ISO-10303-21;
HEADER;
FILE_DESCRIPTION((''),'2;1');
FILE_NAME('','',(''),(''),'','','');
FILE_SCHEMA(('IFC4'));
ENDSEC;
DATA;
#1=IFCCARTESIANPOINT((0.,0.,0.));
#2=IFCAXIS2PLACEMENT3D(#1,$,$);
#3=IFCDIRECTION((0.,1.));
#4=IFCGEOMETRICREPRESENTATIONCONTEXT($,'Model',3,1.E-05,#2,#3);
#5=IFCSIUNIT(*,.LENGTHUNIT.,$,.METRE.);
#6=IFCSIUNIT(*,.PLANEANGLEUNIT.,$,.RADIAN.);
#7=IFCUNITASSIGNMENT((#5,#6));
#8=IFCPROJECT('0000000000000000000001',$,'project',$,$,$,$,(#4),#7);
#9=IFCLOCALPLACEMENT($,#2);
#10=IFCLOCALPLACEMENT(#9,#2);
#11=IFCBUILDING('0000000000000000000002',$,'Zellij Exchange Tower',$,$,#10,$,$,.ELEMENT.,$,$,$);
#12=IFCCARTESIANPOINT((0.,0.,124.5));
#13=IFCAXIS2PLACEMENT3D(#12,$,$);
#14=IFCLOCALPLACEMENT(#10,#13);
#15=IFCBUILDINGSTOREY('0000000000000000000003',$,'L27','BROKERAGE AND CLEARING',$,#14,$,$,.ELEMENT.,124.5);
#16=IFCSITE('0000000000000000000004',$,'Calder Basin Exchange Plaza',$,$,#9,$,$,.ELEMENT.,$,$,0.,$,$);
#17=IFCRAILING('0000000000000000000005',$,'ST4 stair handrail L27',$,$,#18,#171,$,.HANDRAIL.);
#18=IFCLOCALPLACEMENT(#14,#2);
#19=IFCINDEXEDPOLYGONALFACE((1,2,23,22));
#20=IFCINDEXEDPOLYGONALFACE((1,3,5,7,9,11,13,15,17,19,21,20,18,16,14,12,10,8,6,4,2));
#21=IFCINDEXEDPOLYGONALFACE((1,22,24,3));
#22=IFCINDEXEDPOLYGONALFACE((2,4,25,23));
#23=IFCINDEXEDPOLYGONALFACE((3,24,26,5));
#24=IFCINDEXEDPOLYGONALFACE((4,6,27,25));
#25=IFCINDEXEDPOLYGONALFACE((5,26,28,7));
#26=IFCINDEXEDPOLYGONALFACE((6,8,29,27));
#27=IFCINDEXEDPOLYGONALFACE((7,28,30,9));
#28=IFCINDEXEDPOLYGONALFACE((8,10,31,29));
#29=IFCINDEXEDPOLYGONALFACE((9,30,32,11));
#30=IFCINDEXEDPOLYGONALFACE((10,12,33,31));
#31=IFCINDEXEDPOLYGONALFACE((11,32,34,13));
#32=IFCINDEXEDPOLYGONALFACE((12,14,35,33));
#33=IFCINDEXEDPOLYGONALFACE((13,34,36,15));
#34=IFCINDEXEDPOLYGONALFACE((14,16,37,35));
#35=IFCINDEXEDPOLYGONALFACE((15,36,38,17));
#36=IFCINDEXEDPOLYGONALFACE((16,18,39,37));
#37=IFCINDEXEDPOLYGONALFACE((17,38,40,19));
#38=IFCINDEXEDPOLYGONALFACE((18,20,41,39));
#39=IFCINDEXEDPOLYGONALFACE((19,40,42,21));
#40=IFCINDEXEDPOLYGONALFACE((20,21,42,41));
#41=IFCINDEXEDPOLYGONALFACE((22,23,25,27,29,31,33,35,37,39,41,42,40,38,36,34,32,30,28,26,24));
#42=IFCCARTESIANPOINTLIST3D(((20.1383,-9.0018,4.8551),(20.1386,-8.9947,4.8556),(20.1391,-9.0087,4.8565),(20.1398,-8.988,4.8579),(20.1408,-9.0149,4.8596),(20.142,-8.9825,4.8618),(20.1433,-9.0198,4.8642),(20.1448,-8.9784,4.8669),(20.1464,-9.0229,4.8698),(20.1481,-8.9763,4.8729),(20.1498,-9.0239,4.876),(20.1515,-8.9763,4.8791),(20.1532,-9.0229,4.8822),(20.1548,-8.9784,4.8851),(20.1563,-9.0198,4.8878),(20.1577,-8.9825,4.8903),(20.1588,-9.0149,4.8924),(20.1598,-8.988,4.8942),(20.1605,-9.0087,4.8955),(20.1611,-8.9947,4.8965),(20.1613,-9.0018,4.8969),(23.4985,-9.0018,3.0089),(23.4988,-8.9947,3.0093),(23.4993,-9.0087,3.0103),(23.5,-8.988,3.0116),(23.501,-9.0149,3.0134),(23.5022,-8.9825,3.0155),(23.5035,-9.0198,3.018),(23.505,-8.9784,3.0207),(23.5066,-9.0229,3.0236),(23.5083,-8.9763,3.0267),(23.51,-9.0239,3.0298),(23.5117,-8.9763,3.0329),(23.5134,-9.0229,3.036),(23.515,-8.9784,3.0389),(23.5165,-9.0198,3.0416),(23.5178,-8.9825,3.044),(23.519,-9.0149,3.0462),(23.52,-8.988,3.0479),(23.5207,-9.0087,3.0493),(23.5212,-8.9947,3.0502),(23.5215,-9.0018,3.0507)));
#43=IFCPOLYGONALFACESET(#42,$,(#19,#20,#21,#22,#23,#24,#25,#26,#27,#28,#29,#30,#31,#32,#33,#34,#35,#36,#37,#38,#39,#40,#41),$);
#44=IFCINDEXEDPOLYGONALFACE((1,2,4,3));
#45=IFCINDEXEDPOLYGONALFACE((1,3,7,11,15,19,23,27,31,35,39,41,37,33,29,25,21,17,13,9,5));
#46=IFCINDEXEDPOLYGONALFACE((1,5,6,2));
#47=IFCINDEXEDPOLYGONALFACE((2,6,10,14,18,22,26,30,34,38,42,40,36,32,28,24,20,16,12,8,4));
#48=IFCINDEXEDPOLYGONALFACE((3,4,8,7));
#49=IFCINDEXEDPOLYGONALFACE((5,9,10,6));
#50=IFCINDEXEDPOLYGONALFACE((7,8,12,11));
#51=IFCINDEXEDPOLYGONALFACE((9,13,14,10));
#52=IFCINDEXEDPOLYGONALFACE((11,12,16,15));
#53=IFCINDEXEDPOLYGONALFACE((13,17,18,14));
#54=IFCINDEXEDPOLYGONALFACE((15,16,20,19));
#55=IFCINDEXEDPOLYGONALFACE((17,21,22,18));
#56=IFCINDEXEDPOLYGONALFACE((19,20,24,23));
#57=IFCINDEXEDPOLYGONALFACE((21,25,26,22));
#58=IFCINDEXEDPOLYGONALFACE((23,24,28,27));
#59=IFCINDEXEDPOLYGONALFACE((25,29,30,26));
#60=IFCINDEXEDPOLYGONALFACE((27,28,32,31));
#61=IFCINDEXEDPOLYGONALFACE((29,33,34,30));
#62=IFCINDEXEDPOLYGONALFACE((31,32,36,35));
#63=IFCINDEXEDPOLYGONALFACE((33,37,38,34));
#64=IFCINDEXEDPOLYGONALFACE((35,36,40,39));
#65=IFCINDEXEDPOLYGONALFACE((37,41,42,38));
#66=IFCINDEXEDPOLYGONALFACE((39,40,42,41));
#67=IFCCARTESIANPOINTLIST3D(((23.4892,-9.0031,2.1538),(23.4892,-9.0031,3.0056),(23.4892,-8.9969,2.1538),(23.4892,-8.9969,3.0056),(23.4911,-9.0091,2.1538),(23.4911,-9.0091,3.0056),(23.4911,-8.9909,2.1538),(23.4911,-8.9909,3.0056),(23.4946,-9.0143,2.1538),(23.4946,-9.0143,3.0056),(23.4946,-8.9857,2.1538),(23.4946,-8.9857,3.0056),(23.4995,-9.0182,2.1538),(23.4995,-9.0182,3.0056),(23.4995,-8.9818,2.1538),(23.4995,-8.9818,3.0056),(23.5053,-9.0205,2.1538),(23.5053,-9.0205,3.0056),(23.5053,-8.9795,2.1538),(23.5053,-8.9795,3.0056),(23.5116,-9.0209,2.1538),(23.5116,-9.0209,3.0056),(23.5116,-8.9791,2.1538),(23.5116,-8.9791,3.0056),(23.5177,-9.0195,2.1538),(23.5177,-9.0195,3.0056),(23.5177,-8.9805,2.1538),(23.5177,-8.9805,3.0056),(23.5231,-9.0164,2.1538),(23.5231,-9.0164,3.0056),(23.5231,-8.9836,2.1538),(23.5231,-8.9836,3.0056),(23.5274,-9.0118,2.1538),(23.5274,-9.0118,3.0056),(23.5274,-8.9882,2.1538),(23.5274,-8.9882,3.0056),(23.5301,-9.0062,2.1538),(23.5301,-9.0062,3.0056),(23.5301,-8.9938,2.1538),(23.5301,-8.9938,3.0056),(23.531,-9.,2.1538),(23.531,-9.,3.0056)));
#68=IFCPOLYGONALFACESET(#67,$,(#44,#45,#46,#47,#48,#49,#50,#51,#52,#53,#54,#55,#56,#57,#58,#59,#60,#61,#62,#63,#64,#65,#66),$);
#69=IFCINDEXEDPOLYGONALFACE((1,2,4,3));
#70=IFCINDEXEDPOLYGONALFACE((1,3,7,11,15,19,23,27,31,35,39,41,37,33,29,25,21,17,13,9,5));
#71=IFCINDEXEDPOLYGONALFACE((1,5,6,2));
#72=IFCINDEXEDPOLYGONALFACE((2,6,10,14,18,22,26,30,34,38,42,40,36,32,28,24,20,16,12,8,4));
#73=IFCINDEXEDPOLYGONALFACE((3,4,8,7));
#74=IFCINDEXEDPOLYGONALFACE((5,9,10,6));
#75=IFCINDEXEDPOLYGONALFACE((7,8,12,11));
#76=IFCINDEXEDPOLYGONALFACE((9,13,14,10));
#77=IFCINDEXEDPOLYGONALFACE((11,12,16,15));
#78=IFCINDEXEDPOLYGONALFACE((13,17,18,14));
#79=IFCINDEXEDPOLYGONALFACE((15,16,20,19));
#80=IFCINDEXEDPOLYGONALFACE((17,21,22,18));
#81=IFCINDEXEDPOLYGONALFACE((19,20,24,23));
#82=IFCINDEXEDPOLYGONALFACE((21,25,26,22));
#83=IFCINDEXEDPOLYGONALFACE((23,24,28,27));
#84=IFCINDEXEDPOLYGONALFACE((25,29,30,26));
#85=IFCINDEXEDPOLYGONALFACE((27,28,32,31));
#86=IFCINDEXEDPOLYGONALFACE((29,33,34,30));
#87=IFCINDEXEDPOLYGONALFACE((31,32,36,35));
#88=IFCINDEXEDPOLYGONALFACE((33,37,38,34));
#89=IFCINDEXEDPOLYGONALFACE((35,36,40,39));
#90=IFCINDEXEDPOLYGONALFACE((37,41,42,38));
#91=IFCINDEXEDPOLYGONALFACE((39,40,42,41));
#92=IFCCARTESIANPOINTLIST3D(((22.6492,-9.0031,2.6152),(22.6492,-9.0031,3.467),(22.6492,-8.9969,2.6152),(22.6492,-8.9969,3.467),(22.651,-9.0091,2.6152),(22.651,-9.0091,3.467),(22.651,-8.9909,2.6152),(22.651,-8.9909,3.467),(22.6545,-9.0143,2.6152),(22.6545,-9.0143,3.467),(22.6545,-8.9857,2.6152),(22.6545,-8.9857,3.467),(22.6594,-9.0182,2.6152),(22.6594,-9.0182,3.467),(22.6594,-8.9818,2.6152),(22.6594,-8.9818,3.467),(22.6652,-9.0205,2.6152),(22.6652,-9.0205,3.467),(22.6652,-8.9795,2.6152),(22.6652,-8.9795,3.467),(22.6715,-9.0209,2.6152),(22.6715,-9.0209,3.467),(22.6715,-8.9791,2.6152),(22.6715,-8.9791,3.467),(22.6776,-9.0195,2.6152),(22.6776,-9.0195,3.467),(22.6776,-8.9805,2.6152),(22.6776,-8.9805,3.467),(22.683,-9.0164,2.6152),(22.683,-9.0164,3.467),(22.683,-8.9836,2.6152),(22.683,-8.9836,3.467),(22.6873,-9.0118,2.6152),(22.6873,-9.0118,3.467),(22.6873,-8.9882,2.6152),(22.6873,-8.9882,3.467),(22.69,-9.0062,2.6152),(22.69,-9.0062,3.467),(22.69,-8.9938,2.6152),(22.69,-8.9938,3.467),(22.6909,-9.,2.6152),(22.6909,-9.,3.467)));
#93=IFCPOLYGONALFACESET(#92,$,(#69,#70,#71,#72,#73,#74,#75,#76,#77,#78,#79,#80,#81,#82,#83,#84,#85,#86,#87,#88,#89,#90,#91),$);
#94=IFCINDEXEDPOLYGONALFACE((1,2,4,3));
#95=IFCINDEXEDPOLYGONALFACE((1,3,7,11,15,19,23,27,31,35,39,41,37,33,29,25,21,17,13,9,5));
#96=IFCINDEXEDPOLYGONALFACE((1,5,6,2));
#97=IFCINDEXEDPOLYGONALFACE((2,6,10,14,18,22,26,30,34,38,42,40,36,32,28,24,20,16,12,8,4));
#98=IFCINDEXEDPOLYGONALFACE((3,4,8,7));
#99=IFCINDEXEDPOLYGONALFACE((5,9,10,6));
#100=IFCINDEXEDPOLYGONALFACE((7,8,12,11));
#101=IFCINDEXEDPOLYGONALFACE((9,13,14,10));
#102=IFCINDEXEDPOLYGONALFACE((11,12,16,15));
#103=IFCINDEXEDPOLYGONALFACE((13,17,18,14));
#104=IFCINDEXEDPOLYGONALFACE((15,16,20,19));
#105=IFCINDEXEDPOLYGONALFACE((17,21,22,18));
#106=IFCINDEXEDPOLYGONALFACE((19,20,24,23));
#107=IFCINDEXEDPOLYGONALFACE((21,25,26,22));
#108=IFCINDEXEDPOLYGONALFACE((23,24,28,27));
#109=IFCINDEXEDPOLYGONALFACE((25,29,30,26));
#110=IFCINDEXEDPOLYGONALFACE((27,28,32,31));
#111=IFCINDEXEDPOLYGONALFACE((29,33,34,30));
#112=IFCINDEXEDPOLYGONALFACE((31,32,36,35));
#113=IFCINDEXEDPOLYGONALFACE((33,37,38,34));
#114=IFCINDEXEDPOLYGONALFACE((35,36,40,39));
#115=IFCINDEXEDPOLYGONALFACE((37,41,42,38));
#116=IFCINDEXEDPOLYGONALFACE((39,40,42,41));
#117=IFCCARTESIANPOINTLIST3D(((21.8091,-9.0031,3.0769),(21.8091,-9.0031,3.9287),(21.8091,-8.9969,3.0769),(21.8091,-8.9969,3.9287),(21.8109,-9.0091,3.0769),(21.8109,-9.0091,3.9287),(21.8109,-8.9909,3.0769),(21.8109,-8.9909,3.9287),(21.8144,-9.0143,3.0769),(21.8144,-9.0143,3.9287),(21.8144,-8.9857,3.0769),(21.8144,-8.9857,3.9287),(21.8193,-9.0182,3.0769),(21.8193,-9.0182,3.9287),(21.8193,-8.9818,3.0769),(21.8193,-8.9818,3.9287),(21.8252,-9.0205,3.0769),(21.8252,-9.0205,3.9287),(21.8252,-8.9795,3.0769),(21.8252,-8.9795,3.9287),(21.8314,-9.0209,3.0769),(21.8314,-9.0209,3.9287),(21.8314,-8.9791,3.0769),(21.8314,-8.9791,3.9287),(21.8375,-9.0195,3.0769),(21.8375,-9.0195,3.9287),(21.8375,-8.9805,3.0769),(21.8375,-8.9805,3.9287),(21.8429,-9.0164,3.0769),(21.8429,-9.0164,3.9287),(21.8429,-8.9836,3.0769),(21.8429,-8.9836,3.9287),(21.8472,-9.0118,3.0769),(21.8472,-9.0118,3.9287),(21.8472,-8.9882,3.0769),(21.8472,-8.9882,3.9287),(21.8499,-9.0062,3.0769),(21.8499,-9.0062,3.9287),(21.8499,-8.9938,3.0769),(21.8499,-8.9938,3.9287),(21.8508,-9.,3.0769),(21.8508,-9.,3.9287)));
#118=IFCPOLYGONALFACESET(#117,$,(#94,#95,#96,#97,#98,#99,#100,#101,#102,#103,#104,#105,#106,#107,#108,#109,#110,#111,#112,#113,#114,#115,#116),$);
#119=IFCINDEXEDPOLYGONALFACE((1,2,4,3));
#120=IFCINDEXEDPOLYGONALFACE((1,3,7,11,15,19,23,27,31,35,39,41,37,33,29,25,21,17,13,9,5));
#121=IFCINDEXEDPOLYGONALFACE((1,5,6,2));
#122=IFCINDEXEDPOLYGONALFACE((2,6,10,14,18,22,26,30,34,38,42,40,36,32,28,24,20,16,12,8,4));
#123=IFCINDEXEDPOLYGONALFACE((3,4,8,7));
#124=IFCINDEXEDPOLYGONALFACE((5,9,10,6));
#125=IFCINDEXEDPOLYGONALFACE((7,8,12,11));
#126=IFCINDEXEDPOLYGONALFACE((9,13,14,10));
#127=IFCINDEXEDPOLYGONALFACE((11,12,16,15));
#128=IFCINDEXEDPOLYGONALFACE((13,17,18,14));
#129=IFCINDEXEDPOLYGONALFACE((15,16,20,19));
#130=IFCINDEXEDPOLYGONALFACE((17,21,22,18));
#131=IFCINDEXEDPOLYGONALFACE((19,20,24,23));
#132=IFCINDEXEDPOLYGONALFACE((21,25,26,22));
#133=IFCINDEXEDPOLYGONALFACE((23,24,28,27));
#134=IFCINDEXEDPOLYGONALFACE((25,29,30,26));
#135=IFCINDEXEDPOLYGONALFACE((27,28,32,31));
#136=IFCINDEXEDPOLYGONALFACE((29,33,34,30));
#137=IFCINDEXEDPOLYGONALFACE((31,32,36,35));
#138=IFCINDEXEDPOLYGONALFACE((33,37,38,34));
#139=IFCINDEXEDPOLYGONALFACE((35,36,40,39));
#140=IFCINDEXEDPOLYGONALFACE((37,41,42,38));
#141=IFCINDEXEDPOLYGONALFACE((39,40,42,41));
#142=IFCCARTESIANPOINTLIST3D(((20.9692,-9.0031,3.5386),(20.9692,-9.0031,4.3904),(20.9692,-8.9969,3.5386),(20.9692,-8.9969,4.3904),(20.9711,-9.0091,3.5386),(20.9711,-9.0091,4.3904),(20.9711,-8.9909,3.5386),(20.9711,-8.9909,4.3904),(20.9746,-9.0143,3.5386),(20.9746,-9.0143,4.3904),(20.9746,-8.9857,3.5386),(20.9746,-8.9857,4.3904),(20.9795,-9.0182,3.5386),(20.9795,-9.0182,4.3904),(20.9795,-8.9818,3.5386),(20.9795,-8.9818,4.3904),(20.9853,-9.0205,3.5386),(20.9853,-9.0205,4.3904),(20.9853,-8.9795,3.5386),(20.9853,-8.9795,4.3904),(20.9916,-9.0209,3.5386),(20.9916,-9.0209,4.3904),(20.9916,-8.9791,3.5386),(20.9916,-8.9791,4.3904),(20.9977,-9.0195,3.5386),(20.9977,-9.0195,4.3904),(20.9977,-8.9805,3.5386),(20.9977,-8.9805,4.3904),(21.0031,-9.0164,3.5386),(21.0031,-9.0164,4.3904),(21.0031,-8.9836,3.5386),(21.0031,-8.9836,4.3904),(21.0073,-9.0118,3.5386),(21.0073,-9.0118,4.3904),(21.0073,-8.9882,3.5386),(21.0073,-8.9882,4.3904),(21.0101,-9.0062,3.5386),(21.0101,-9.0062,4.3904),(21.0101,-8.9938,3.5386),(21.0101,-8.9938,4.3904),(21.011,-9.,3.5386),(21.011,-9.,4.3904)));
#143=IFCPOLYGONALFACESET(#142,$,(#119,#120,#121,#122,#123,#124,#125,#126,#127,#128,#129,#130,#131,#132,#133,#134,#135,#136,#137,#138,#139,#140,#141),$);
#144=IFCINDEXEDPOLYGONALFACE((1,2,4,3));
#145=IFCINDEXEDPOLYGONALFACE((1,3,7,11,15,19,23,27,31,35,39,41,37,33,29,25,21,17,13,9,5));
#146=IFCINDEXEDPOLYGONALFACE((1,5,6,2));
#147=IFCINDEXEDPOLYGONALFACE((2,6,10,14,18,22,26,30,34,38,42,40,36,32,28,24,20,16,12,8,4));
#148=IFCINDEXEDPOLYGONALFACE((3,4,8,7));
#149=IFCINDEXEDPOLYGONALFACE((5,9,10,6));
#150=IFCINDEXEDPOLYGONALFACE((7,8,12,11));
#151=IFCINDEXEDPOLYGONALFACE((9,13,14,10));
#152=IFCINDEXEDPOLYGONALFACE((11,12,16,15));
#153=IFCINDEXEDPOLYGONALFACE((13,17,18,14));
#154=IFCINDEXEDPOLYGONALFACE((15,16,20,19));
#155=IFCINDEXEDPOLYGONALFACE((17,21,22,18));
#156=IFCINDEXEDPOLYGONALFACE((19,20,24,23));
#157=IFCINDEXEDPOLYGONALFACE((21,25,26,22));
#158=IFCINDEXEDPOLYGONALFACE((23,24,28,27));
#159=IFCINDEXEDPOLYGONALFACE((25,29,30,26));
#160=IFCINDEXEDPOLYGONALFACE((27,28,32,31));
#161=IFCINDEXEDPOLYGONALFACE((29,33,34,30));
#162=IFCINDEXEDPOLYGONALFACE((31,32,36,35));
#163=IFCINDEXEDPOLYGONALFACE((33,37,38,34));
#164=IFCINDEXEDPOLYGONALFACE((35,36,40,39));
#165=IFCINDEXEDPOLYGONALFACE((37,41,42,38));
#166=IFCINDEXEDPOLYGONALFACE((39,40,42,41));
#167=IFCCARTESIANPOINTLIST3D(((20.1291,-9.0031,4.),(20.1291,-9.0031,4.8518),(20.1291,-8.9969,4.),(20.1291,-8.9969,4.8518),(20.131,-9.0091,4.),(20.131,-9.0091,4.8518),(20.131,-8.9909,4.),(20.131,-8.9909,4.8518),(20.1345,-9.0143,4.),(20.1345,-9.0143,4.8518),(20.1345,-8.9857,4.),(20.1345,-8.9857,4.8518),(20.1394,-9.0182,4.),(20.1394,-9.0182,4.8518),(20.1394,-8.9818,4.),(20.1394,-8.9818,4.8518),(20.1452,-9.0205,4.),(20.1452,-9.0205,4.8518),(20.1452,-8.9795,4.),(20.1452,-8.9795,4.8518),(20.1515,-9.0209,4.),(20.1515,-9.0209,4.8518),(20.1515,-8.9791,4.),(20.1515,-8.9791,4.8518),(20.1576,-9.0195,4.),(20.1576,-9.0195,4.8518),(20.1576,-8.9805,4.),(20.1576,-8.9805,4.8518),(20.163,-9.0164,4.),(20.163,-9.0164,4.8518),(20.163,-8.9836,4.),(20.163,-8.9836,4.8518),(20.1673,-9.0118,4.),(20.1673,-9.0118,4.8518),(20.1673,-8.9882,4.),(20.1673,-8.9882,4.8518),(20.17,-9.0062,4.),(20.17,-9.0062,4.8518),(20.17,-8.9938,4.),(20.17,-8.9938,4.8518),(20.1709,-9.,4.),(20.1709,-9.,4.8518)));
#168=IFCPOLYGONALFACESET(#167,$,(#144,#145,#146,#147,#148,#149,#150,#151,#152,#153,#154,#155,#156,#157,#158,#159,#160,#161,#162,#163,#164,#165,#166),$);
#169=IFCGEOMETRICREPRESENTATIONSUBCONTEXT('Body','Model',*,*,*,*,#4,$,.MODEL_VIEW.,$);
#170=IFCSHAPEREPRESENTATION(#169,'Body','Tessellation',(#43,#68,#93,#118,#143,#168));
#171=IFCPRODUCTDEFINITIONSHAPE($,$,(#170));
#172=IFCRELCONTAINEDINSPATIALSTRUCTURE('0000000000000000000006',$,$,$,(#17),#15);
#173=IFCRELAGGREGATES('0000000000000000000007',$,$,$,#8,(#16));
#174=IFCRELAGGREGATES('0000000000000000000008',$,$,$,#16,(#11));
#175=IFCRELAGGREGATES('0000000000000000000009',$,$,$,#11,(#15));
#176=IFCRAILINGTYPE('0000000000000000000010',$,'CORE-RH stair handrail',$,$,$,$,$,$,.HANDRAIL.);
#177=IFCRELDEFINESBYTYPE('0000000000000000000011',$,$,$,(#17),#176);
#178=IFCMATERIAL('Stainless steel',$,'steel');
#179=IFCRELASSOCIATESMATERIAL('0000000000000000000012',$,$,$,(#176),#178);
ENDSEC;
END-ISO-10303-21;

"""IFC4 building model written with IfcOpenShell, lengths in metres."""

from ifc_helpers import new_model, si_unit, direction, frame, origin, origin_2d, place, context, subcontext, project, spatial, circle, extrude, material, type_object, element, save


model = new_model("IFC4")

# Units and contexts
model_context = context("Model", 3, precision=1e-05, world=origin(), true_north=direction((0.0, 1.0)))
body_context = subcontext(model_context, "Body", "Model", "MODEL_VIEW")
ifc_project = project(units=[si_unit("LENGTHUNIT", "METRE"), si_unit("PLANEANGLEUNIT", "RADIAN")], contexts=[model_context])

# Site, building, storey
site_placement = place(None, origin())
site = spatial("IfcSite", under=ifc_project, at=site_placement, Name="Calder Basin Exchange Plaza", CompositionType="ELEMENT", RefElevation=0.0)
building_placement = place(site_placement, origin())
building = spatial("IfcBuilding", under=site, at=building_placement, Name="Zellij Exchange Tower", CompositionType="ELEMENT")
storey_placement = place(building_placement, frame((0.0, 0.0, 124.5)))
storey = spatial("IfcBuildingStorey", under=building, at=storey_placement, Name="L27", Description="BROKERAGE AND CLEARING", CompositionType="ELEMENT", Elevation=124.5)

# Railing
ifc_material_1 = material(Name="Stainless steel", Category="steel")
railing_type = type_object("IfcRailingType", Name="CORE-RH stair handrail", PredefinedType="HANDRAIL", material=ifc_material_1)
railing_placement = place(storey_placement, frame((23.51, -9.0, 2.1538)))
element("IfcRailing", 1, at=railing_placement, inside=storey, type_object=railing_type, Name="ST4 stair handrail L27", PredefinedType="HANDRAIL", context=body_context, shape_type="SweptSolid", body=[
    extrude(circle(Radius=0.0239, at=origin_2d()), frame((0.0, 0.0, 0.876), z_axis=(-0.876422, 0.0, 0.481545), x_axis=(0.0, -1.0, 0.0)), (0.0, 0.0, 1.0), 3.834),
    extrude(circle(Radius=0.021, at=origin_2d()), origin(), (0.0, 0.0, 1.0), 0.8518),
    extrude(circle(Radius=0.021, at=origin_2d()), frame((-0.8401, 0.0, 0.4614)), (0.0, 0.0, 1.0), 0.8518),
    extrude(circle(Radius=0.021, at=origin_2d()), frame((-1.6802, 0.0, 0.9231)), (0.0, 0.0, 1.0), 0.8518),
    extrude(circle(Radius=0.021, at=origin_2d()), frame((-2.52, 0.0, 1.3848)), (0.0, 0.0, 1.0), 0.8518),
    extrude(circle(Radius=0.021, at=origin_2d()), frame((-3.3601, 0.0, 1.8462)), (0.0, 0.0, 1.0), 0.8518),
])

save(model, "model.ifc")
